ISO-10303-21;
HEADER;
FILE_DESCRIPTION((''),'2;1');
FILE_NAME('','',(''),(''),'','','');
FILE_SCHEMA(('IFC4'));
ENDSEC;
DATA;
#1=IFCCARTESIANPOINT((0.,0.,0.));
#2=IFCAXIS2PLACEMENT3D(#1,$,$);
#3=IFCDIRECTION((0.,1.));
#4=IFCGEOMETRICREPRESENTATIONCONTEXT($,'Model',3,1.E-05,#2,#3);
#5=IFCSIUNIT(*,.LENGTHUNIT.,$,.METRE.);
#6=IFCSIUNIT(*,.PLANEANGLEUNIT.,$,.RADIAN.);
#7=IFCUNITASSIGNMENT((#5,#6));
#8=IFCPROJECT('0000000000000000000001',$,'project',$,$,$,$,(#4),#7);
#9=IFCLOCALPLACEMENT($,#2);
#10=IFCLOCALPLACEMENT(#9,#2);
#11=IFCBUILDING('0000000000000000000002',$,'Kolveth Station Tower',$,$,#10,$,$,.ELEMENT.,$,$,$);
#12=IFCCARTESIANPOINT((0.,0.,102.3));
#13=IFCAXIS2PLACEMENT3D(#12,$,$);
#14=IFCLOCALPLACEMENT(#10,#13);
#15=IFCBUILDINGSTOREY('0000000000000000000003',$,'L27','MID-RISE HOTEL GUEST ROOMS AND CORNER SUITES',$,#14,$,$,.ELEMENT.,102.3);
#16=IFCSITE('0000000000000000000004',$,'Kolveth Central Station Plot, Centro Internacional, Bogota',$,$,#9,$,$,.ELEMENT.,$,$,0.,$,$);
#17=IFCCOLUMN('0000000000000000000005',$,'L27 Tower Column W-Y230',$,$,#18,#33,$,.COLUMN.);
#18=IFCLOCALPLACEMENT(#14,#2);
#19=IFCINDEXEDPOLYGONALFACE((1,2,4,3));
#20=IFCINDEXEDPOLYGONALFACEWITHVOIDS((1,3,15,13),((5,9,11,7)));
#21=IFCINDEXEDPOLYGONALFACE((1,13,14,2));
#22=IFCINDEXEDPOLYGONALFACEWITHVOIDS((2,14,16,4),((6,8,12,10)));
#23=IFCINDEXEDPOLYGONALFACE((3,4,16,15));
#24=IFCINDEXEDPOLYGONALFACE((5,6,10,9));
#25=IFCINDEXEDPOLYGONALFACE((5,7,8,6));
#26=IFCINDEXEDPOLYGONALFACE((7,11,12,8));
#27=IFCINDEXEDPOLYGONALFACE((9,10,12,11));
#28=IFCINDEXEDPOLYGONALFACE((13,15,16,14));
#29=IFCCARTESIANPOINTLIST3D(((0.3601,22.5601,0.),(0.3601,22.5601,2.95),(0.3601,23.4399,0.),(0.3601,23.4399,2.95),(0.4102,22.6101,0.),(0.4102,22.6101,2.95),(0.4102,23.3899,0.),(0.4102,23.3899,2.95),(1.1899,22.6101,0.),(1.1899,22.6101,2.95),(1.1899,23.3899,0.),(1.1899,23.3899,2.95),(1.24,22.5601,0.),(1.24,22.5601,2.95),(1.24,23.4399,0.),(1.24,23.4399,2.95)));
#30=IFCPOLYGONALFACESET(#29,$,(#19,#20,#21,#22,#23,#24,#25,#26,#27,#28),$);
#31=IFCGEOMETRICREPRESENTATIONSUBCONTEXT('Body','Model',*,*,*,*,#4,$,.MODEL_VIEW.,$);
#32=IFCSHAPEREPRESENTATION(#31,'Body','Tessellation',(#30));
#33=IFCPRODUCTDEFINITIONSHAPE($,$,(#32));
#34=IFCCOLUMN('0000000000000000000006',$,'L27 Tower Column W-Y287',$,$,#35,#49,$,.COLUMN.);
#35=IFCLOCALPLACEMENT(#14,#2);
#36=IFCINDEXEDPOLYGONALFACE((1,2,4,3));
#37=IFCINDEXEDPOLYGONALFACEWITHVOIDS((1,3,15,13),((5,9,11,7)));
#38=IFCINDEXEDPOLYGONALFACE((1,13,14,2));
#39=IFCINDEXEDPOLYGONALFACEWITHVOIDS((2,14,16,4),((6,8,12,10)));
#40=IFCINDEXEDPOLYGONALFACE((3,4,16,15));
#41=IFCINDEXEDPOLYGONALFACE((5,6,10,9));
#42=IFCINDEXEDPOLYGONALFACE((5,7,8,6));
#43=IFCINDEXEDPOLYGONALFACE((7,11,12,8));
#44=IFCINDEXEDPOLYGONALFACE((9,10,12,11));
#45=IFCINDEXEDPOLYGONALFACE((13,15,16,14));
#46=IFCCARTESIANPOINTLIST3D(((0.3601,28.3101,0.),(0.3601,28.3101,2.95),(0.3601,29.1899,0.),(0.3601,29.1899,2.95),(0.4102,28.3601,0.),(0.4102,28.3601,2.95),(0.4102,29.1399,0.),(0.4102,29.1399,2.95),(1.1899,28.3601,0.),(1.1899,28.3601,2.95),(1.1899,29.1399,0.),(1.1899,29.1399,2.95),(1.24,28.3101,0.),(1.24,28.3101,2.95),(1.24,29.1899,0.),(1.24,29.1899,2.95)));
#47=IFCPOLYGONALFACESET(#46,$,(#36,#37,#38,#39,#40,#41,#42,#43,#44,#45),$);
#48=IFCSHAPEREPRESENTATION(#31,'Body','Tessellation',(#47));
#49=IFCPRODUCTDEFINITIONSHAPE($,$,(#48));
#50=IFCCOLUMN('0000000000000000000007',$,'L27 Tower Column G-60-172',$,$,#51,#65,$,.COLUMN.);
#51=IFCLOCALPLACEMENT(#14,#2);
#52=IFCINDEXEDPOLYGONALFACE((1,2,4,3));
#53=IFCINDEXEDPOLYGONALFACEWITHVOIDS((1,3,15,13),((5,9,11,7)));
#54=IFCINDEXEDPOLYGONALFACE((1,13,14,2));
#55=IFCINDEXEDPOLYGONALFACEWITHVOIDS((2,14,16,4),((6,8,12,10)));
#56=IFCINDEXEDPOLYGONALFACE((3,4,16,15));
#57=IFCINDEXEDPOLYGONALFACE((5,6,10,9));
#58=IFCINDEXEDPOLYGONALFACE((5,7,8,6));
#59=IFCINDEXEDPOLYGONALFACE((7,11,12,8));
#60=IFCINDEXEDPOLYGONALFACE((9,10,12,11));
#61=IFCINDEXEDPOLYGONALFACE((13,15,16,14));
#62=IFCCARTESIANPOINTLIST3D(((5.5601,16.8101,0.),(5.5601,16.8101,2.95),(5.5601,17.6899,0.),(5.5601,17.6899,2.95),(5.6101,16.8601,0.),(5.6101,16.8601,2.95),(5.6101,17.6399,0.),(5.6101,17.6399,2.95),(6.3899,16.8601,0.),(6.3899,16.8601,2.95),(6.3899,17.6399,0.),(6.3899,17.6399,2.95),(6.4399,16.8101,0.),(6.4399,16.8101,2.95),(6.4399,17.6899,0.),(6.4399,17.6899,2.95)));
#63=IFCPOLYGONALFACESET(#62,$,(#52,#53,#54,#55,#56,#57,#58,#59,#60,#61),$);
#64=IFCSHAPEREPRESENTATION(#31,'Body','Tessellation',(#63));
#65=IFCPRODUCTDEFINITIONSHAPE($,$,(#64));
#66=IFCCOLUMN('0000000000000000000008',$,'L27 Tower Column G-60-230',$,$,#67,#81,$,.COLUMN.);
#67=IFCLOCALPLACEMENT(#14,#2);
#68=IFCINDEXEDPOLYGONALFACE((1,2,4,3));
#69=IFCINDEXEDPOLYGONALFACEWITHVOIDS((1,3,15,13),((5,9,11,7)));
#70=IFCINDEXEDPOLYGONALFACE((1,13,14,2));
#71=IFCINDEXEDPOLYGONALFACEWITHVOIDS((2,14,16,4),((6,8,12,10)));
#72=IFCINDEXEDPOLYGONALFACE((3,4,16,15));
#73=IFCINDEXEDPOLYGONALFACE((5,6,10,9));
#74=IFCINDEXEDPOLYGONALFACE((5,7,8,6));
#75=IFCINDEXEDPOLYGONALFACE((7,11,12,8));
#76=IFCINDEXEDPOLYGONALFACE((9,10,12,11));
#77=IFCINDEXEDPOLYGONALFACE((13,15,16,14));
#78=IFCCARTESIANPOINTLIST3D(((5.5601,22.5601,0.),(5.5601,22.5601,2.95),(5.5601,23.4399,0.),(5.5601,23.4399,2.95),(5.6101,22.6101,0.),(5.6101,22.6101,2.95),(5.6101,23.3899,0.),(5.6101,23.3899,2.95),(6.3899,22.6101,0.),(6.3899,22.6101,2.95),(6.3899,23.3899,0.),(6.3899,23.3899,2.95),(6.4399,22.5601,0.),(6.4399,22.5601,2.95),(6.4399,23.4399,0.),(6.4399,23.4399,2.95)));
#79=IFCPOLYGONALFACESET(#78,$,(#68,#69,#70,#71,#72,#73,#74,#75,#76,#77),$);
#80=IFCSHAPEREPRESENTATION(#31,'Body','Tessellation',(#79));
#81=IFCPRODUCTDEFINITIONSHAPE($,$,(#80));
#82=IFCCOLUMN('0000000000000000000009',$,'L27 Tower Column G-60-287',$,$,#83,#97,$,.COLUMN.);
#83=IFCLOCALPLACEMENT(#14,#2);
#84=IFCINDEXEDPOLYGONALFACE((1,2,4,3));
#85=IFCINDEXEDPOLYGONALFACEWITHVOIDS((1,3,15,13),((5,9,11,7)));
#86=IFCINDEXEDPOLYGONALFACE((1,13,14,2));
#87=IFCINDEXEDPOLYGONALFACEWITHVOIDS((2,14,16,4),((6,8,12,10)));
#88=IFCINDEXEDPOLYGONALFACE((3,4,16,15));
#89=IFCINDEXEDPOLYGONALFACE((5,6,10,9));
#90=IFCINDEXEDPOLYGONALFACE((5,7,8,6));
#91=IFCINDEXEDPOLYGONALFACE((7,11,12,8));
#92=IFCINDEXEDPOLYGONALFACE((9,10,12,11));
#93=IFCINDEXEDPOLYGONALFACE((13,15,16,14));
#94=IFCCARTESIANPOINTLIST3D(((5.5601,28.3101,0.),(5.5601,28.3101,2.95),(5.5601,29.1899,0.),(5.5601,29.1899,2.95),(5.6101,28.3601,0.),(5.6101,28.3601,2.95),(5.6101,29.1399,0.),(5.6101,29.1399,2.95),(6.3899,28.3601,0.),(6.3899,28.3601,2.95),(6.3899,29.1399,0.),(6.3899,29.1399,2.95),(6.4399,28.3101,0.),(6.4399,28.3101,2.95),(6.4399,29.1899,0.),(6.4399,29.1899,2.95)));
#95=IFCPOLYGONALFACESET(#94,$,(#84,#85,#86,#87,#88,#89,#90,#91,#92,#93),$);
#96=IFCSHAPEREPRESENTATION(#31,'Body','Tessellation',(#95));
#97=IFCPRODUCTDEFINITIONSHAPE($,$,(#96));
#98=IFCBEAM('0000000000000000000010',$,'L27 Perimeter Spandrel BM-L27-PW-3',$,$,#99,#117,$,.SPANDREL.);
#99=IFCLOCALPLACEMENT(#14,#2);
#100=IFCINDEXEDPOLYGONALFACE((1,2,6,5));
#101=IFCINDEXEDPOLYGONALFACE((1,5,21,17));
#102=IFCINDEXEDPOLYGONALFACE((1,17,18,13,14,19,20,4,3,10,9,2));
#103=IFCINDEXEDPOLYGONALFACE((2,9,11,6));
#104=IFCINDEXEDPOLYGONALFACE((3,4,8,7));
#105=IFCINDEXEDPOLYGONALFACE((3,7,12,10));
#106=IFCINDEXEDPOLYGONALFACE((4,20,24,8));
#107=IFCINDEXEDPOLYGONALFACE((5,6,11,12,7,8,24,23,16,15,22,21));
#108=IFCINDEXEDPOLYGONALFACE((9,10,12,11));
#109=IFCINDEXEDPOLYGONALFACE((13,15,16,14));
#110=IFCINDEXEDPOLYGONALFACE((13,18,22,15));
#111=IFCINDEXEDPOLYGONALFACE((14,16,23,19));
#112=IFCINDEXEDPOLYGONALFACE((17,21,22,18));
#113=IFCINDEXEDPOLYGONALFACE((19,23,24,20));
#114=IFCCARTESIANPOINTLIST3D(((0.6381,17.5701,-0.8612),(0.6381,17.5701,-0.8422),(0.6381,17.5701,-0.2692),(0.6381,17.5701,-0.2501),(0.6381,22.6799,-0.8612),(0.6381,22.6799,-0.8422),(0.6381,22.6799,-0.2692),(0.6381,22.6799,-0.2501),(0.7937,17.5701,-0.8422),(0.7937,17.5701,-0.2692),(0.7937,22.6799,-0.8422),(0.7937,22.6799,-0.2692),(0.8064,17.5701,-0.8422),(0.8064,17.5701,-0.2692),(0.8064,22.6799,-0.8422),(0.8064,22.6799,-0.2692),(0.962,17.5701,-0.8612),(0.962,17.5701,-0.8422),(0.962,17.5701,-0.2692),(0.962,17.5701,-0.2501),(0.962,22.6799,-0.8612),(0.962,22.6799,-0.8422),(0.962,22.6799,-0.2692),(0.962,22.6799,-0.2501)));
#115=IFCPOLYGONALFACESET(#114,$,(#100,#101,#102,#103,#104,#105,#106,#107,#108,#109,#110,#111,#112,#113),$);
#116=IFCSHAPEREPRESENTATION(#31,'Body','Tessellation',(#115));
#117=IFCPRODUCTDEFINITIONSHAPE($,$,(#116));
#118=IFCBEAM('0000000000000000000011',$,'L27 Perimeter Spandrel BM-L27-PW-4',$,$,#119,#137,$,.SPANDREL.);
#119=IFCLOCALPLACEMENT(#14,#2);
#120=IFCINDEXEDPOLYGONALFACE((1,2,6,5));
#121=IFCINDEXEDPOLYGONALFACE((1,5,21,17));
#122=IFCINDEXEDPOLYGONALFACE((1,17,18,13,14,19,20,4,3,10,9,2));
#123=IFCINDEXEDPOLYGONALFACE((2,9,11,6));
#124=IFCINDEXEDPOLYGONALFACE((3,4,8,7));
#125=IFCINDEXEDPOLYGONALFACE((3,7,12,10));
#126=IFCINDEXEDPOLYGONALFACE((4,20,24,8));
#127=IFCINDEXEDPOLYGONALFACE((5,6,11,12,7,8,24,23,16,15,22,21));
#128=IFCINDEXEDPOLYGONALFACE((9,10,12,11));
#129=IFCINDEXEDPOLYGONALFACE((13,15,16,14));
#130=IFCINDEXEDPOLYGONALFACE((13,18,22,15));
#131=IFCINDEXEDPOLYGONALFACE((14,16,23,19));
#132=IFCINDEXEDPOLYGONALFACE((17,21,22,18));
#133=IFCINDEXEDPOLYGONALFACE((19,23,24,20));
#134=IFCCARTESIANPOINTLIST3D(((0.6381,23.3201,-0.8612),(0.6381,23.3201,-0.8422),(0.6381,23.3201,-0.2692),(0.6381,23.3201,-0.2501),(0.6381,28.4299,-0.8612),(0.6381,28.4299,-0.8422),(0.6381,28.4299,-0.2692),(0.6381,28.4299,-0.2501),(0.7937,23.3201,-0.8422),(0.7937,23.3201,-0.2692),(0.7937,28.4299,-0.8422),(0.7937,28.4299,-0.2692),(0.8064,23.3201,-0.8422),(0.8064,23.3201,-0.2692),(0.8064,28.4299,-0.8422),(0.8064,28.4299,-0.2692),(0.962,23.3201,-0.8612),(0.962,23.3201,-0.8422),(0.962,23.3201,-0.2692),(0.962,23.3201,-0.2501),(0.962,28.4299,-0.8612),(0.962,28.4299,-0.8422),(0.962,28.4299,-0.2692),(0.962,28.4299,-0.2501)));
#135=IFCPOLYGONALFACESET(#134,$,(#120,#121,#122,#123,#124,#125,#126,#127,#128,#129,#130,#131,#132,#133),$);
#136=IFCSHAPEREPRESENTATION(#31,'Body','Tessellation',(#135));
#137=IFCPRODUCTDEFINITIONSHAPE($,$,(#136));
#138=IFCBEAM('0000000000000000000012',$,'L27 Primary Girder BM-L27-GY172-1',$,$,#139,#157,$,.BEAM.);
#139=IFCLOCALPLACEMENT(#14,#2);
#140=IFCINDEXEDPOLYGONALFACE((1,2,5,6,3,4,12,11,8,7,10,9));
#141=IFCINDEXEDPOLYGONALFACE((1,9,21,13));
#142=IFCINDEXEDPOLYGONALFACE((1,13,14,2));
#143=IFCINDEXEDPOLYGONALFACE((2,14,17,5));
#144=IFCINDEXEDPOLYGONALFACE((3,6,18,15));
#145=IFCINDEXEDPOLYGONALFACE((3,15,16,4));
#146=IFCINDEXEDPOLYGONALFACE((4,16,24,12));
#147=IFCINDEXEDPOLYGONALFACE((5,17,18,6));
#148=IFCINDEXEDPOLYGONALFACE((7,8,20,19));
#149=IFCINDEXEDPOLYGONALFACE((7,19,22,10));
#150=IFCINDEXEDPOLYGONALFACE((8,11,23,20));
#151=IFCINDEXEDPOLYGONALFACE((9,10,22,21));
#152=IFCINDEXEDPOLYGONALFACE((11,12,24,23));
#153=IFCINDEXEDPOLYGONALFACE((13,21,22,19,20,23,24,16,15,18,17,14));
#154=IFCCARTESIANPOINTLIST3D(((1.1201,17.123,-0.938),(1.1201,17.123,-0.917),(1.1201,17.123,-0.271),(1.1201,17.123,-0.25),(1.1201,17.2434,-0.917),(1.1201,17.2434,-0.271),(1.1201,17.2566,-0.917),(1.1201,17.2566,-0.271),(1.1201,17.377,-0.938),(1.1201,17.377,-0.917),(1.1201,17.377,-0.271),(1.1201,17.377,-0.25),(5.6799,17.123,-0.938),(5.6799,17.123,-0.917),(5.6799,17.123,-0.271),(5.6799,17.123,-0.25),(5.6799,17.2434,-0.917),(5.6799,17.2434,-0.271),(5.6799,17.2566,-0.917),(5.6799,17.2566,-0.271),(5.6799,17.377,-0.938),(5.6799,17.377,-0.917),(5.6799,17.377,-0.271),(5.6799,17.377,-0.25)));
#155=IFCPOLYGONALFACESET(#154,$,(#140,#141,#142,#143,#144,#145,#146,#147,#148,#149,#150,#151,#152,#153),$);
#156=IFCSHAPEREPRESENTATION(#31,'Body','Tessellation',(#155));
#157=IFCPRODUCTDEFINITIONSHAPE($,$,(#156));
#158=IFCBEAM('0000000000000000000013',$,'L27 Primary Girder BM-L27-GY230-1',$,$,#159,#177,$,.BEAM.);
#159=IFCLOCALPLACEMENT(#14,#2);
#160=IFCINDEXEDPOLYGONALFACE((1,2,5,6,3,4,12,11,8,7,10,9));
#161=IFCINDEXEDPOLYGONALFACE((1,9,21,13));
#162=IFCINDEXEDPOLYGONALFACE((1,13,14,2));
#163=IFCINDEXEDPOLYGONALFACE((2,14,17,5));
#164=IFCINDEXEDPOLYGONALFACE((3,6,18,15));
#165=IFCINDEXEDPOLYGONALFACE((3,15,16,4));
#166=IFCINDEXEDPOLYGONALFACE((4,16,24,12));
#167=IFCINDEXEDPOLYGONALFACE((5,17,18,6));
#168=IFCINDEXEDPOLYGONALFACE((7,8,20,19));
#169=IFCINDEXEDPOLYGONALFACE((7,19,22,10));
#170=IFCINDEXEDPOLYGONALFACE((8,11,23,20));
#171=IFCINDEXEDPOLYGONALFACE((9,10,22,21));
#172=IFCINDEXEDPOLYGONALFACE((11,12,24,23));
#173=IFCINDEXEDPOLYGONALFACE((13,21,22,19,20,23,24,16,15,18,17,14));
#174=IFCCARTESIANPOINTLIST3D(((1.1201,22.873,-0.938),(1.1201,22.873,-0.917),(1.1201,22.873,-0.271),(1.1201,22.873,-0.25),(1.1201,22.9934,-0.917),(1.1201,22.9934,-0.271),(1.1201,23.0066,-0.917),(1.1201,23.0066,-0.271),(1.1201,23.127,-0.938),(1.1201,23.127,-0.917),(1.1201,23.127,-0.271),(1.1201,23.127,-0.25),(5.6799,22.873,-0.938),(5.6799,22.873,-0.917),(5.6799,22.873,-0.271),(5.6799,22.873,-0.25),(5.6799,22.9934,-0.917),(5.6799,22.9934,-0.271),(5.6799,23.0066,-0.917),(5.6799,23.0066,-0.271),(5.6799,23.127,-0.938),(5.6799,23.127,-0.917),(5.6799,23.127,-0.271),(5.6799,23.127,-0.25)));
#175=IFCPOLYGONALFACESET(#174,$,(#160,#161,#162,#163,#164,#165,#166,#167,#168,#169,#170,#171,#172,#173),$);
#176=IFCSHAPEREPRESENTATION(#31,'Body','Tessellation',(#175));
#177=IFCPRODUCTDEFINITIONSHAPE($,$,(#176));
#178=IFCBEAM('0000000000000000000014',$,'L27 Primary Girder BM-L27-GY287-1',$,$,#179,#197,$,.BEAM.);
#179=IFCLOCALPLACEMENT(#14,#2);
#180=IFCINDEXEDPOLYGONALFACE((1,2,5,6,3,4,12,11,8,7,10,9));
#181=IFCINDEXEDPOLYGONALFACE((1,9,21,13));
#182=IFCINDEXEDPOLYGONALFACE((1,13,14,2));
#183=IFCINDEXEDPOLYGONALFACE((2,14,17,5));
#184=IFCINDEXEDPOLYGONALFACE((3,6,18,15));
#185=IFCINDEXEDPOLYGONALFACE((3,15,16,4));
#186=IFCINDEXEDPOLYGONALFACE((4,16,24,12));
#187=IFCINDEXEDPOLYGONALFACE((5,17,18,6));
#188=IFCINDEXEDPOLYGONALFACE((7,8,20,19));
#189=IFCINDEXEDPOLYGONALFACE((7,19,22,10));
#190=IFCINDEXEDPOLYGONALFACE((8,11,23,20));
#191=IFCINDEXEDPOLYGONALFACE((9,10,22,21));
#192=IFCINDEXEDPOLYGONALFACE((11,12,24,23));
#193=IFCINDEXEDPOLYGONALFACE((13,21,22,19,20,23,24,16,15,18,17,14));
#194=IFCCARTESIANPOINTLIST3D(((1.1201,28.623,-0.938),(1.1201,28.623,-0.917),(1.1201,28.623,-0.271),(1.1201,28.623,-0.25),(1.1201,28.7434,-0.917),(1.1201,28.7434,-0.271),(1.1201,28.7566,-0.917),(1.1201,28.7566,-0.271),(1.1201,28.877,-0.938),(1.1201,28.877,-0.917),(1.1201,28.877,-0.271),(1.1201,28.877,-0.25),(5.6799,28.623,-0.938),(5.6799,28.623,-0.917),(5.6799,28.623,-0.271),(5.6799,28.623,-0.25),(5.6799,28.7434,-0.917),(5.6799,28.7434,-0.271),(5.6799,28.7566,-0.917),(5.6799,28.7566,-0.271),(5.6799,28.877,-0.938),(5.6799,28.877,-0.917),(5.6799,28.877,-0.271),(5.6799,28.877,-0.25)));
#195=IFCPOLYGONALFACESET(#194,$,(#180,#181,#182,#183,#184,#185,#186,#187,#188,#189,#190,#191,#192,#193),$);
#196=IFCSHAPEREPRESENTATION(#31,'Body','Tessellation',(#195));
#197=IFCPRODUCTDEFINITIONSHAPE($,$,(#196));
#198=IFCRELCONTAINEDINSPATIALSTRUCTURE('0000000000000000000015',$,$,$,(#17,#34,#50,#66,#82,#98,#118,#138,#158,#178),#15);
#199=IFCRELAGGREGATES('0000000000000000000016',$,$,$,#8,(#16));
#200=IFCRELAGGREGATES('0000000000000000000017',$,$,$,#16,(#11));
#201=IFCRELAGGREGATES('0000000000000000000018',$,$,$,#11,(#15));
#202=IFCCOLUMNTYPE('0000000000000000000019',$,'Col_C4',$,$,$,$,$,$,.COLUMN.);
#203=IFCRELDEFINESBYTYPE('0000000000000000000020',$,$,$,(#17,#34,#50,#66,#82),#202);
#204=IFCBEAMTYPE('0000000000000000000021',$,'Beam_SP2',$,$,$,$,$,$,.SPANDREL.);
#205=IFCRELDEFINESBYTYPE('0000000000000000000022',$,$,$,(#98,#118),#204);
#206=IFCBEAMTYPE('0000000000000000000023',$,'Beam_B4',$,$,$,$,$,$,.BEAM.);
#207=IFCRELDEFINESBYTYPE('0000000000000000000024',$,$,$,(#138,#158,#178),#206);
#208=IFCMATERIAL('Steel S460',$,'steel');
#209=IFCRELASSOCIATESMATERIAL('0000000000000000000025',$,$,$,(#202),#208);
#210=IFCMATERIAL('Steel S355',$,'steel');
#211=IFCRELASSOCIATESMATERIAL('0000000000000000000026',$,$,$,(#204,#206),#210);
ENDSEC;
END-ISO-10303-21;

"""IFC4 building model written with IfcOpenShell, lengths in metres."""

from ifc_helpers import new_model, si_unit, direction, frame, origin, origin_2d, place, context, subcontext, project, spatial, hollow_rectangle, i_section, extrude, source, transform, mapped, material, material_profile, profile_set, type_object, element, save


model = new_model("IFC4")

# Units and contexts
model_context = context("Model", 3, precision=1e-05, world=origin(), true_north=direction((0.0, 1.0)))
body_context = subcontext(model_context, "Body", "Model", "MODEL_VIEW")
ifc_project = project(units=[si_unit("LENGTHUNIT", "METRE"), si_unit("PLANEANGLEUNIT", "RADIAN")], contexts=[model_context])

# Site, building, storey
site_placement = place(None, origin())
site = spatial("IfcSite", under=ifc_project, at=site_placement, Name="Kolveth Central Station Plot, Centro Internacional, Bogota", CompositionType="ELEMENT", RefElevation=0.0)
building_placement = place(site_placement, origin())
building = spatial("IfcBuilding", under=site, at=building_placement, Name="Kolveth Station Tower", CompositionType="ELEMENT")
storey_placement = place(building_placement, frame((0.0, 0.0, 102.3)))
storey = spatial("IfcBuildingStorey", under=building, at=storey_placement, Name="L27", Description="MID-RISE HOTEL GUEST ROOMS AND CORNER SUITES", CompositionType="ELEMENT", Elevation=102.3)

# Columns
ifc_material_1 = material(Name="Steel S460", Category="steel")
ifc_material_profile_1 = material_profile(ifc_material_1, hollow_rectangle(XDim=0.8799, YDim=0.8799, WallThickness=0.05, at=origin_2d()), Name="BOX880x880x50")
ifc_profile_set_1 = profile_set([ifc_material_profile_1], Name="Steel S460")
column_type = type_object("IfcColumnType", Name="Col_C4", PredefinedType="COLUMN", material=ifc_profile_set_1)
shared_shape_1 = source(origin(), body_context, "Body", "SweptSolid", [
    extrude(hollow_rectangle(XDim=0.8799, YDim=0.8799, WallThickness=0.05, at=origin_2d()), origin(), (0.0, 0.0, 1.0), 2.95),
])
for number, where, z_axis, x_axis, name in (
    (1, (0.8, 23.0, 0.0), (0.0, 0.0, 1.0), (1.0, 0.0, 0.0), "L27 Tower Column W-Y230"),
    (2, (0.8, 28.75, 0.0), (0.0, 0.0, 1.0), (1.0, 0.0, 0.0), "L27 Tower Column W-Y287"),
    (3, (6.0, 17.25, 0.0), (0.0, 0.0, 1.0), (1.0, 0.0, 0.0), "L27 Tower Column G-60-172"),
    (4, (6.0, 23.0, 0.0), (0.0, 0.0, 1.0), (1.0, 0.0, 0.0), "L27 Tower Column G-60-230"),
    (5, (6.0, 28.75, 0.0), (0.0, 0.0, 1.0), (1.0, 0.0, 0.0), "L27 Tower Column G-60-287"),
):
    element("IfcColumn", number, at=place(storey_placement, frame(where, z_axis=z_axis, x_axis=x_axis)), inside=storey, type_object=column_type, Name=name, PredefinedType="COLUMN", context=body_context, shape_type="MappedRepresentation", body=[
        mapped(shared_shape_1, transform((0.0, 0.0, 0.0), x_axis=(1.0, 0.0, 0.0), y_axis=(0.0, 1.0, 0.0), z_axis=(0.0, 0.0, 1.0), scale=1.0)),
    ])

# Beams
ifc_material_2 = material(Name="Steel S355", Category="steel")
ifc_material_profile_2 = material_profile(ifc_material_2, i_section(OverallWidth=0.324, OverallDepth=0.6111, WebThickness=0.0127, FlangeThickness=0.019, at=origin_2d()), Name="W610x155")
ifc_profile_set_2 = profile_set([ifc_material_profile_2], Name="Steel S355")
beam_type_1 = type_object("IfcBeamType", Name="Beam_SP2", PredefinedType="SPANDREL", material=ifc_profile_set_2)
shared_shape_2 = source(origin(), body_context, "Body", "SweptSolid", [
    extrude(i_section(OverallWidth=0.324, OverallDepth=0.6111, WebThickness=0.0127, FlangeThickness=0.019, at=origin_2d()), origin(), (0.0, 0.0, 1.0), 5.1099),
])
for number, where, z_axis, x_axis, name in (
    (6, (0.8, 17.5701, -0.5557), (0.0, 1.0, 0.0), (-1.0, 0.0, 0.0), "L27 Perimeter Spandrel BM-L27-PW-3"),
    (7, (0.8, 23.3201, -0.5557), (0.0, 1.0, 0.0), (-1.0, 0.0, 0.0), "L27 Perimeter Spandrel BM-L27-PW-4"),
):
    element("IfcBeam", number, at=place(storey_placement, frame(where, z_axis=z_axis, x_axis=x_axis)), inside=storey, type_object=beam_type_1, Name=name, PredefinedType="SPANDREL", context=body_context, shape_type="MappedRepresentation", body=[
        mapped(shared_shape_2, transform((0.0, 0.0, 0.0), x_axis=(1.0, 0.0, 0.0), y_axis=(0.0, 1.0, 0.0), z_axis=(0.0, 0.0, 1.0), scale=1.0)),
    ])
ifc_material_profile_3 = material_profile(ifc_material_2, i_section(OverallWidth=0.2539, OverallDepth=0.688, WebThickness=0.0132, FlangeThickness=0.021, at=origin_2d()), Name="W690x152")
ifc_profile_set_3 = profile_set([ifc_material_profile_3], Name="Steel S355")
beam_type_2 = type_object("IfcBeamType", Name="Beam_B4", PredefinedType="BEAM", material=ifc_profile_set_3)
shared_shape_3 = source(origin(), body_context, "Body", "SweptSolid", [
    extrude(i_section(OverallWidth=0.2539, OverallDepth=0.688, WebThickness=0.0132, FlangeThickness=0.021, at=origin_2d()), origin(), (0.0, 0.0, 1.0), 4.5598),
])
for number, where, z_axis, x_axis, name in (
    (8, (1.1201, 17.25, -0.594), (1.0, 0.0, 0.0), (0.0, 1.0, 0.0), "L27 Primary Girder BM-L27-GY172-1"),
    (9, (1.1201, 23.0, -0.594), (1.0, 0.0, 0.0), (0.0, 1.0, 0.0), "L27 Primary Girder BM-L27-GY230-1"),
    (10, (1.1201, 28.75, -0.594), (1.0, 0.0, 0.0), (0.0, 1.0, 0.0), "L27 Primary Girder BM-L27-GY287-1"),
):
    element("IfcBeam", number, at=place(storey_placement, frame(where, z_axis=z_axis, x_axis=x_axis)), inside=storey, type_object=beam_type_2, Name=name, PredefinedType="BEAM", context=body_context, shape_type="MappedRepresentation", body=[
        mapped(shared_shape_3, transform((0.0, 0.0, 0.0), x_axis=(1.0, 0.0, 0.0), y_axis=(0.0, 1.0, 0.0), z_axis=(0.0, 0.0, 1.0), scale=1.0)),
    ])

save(model, "model.ifc")
